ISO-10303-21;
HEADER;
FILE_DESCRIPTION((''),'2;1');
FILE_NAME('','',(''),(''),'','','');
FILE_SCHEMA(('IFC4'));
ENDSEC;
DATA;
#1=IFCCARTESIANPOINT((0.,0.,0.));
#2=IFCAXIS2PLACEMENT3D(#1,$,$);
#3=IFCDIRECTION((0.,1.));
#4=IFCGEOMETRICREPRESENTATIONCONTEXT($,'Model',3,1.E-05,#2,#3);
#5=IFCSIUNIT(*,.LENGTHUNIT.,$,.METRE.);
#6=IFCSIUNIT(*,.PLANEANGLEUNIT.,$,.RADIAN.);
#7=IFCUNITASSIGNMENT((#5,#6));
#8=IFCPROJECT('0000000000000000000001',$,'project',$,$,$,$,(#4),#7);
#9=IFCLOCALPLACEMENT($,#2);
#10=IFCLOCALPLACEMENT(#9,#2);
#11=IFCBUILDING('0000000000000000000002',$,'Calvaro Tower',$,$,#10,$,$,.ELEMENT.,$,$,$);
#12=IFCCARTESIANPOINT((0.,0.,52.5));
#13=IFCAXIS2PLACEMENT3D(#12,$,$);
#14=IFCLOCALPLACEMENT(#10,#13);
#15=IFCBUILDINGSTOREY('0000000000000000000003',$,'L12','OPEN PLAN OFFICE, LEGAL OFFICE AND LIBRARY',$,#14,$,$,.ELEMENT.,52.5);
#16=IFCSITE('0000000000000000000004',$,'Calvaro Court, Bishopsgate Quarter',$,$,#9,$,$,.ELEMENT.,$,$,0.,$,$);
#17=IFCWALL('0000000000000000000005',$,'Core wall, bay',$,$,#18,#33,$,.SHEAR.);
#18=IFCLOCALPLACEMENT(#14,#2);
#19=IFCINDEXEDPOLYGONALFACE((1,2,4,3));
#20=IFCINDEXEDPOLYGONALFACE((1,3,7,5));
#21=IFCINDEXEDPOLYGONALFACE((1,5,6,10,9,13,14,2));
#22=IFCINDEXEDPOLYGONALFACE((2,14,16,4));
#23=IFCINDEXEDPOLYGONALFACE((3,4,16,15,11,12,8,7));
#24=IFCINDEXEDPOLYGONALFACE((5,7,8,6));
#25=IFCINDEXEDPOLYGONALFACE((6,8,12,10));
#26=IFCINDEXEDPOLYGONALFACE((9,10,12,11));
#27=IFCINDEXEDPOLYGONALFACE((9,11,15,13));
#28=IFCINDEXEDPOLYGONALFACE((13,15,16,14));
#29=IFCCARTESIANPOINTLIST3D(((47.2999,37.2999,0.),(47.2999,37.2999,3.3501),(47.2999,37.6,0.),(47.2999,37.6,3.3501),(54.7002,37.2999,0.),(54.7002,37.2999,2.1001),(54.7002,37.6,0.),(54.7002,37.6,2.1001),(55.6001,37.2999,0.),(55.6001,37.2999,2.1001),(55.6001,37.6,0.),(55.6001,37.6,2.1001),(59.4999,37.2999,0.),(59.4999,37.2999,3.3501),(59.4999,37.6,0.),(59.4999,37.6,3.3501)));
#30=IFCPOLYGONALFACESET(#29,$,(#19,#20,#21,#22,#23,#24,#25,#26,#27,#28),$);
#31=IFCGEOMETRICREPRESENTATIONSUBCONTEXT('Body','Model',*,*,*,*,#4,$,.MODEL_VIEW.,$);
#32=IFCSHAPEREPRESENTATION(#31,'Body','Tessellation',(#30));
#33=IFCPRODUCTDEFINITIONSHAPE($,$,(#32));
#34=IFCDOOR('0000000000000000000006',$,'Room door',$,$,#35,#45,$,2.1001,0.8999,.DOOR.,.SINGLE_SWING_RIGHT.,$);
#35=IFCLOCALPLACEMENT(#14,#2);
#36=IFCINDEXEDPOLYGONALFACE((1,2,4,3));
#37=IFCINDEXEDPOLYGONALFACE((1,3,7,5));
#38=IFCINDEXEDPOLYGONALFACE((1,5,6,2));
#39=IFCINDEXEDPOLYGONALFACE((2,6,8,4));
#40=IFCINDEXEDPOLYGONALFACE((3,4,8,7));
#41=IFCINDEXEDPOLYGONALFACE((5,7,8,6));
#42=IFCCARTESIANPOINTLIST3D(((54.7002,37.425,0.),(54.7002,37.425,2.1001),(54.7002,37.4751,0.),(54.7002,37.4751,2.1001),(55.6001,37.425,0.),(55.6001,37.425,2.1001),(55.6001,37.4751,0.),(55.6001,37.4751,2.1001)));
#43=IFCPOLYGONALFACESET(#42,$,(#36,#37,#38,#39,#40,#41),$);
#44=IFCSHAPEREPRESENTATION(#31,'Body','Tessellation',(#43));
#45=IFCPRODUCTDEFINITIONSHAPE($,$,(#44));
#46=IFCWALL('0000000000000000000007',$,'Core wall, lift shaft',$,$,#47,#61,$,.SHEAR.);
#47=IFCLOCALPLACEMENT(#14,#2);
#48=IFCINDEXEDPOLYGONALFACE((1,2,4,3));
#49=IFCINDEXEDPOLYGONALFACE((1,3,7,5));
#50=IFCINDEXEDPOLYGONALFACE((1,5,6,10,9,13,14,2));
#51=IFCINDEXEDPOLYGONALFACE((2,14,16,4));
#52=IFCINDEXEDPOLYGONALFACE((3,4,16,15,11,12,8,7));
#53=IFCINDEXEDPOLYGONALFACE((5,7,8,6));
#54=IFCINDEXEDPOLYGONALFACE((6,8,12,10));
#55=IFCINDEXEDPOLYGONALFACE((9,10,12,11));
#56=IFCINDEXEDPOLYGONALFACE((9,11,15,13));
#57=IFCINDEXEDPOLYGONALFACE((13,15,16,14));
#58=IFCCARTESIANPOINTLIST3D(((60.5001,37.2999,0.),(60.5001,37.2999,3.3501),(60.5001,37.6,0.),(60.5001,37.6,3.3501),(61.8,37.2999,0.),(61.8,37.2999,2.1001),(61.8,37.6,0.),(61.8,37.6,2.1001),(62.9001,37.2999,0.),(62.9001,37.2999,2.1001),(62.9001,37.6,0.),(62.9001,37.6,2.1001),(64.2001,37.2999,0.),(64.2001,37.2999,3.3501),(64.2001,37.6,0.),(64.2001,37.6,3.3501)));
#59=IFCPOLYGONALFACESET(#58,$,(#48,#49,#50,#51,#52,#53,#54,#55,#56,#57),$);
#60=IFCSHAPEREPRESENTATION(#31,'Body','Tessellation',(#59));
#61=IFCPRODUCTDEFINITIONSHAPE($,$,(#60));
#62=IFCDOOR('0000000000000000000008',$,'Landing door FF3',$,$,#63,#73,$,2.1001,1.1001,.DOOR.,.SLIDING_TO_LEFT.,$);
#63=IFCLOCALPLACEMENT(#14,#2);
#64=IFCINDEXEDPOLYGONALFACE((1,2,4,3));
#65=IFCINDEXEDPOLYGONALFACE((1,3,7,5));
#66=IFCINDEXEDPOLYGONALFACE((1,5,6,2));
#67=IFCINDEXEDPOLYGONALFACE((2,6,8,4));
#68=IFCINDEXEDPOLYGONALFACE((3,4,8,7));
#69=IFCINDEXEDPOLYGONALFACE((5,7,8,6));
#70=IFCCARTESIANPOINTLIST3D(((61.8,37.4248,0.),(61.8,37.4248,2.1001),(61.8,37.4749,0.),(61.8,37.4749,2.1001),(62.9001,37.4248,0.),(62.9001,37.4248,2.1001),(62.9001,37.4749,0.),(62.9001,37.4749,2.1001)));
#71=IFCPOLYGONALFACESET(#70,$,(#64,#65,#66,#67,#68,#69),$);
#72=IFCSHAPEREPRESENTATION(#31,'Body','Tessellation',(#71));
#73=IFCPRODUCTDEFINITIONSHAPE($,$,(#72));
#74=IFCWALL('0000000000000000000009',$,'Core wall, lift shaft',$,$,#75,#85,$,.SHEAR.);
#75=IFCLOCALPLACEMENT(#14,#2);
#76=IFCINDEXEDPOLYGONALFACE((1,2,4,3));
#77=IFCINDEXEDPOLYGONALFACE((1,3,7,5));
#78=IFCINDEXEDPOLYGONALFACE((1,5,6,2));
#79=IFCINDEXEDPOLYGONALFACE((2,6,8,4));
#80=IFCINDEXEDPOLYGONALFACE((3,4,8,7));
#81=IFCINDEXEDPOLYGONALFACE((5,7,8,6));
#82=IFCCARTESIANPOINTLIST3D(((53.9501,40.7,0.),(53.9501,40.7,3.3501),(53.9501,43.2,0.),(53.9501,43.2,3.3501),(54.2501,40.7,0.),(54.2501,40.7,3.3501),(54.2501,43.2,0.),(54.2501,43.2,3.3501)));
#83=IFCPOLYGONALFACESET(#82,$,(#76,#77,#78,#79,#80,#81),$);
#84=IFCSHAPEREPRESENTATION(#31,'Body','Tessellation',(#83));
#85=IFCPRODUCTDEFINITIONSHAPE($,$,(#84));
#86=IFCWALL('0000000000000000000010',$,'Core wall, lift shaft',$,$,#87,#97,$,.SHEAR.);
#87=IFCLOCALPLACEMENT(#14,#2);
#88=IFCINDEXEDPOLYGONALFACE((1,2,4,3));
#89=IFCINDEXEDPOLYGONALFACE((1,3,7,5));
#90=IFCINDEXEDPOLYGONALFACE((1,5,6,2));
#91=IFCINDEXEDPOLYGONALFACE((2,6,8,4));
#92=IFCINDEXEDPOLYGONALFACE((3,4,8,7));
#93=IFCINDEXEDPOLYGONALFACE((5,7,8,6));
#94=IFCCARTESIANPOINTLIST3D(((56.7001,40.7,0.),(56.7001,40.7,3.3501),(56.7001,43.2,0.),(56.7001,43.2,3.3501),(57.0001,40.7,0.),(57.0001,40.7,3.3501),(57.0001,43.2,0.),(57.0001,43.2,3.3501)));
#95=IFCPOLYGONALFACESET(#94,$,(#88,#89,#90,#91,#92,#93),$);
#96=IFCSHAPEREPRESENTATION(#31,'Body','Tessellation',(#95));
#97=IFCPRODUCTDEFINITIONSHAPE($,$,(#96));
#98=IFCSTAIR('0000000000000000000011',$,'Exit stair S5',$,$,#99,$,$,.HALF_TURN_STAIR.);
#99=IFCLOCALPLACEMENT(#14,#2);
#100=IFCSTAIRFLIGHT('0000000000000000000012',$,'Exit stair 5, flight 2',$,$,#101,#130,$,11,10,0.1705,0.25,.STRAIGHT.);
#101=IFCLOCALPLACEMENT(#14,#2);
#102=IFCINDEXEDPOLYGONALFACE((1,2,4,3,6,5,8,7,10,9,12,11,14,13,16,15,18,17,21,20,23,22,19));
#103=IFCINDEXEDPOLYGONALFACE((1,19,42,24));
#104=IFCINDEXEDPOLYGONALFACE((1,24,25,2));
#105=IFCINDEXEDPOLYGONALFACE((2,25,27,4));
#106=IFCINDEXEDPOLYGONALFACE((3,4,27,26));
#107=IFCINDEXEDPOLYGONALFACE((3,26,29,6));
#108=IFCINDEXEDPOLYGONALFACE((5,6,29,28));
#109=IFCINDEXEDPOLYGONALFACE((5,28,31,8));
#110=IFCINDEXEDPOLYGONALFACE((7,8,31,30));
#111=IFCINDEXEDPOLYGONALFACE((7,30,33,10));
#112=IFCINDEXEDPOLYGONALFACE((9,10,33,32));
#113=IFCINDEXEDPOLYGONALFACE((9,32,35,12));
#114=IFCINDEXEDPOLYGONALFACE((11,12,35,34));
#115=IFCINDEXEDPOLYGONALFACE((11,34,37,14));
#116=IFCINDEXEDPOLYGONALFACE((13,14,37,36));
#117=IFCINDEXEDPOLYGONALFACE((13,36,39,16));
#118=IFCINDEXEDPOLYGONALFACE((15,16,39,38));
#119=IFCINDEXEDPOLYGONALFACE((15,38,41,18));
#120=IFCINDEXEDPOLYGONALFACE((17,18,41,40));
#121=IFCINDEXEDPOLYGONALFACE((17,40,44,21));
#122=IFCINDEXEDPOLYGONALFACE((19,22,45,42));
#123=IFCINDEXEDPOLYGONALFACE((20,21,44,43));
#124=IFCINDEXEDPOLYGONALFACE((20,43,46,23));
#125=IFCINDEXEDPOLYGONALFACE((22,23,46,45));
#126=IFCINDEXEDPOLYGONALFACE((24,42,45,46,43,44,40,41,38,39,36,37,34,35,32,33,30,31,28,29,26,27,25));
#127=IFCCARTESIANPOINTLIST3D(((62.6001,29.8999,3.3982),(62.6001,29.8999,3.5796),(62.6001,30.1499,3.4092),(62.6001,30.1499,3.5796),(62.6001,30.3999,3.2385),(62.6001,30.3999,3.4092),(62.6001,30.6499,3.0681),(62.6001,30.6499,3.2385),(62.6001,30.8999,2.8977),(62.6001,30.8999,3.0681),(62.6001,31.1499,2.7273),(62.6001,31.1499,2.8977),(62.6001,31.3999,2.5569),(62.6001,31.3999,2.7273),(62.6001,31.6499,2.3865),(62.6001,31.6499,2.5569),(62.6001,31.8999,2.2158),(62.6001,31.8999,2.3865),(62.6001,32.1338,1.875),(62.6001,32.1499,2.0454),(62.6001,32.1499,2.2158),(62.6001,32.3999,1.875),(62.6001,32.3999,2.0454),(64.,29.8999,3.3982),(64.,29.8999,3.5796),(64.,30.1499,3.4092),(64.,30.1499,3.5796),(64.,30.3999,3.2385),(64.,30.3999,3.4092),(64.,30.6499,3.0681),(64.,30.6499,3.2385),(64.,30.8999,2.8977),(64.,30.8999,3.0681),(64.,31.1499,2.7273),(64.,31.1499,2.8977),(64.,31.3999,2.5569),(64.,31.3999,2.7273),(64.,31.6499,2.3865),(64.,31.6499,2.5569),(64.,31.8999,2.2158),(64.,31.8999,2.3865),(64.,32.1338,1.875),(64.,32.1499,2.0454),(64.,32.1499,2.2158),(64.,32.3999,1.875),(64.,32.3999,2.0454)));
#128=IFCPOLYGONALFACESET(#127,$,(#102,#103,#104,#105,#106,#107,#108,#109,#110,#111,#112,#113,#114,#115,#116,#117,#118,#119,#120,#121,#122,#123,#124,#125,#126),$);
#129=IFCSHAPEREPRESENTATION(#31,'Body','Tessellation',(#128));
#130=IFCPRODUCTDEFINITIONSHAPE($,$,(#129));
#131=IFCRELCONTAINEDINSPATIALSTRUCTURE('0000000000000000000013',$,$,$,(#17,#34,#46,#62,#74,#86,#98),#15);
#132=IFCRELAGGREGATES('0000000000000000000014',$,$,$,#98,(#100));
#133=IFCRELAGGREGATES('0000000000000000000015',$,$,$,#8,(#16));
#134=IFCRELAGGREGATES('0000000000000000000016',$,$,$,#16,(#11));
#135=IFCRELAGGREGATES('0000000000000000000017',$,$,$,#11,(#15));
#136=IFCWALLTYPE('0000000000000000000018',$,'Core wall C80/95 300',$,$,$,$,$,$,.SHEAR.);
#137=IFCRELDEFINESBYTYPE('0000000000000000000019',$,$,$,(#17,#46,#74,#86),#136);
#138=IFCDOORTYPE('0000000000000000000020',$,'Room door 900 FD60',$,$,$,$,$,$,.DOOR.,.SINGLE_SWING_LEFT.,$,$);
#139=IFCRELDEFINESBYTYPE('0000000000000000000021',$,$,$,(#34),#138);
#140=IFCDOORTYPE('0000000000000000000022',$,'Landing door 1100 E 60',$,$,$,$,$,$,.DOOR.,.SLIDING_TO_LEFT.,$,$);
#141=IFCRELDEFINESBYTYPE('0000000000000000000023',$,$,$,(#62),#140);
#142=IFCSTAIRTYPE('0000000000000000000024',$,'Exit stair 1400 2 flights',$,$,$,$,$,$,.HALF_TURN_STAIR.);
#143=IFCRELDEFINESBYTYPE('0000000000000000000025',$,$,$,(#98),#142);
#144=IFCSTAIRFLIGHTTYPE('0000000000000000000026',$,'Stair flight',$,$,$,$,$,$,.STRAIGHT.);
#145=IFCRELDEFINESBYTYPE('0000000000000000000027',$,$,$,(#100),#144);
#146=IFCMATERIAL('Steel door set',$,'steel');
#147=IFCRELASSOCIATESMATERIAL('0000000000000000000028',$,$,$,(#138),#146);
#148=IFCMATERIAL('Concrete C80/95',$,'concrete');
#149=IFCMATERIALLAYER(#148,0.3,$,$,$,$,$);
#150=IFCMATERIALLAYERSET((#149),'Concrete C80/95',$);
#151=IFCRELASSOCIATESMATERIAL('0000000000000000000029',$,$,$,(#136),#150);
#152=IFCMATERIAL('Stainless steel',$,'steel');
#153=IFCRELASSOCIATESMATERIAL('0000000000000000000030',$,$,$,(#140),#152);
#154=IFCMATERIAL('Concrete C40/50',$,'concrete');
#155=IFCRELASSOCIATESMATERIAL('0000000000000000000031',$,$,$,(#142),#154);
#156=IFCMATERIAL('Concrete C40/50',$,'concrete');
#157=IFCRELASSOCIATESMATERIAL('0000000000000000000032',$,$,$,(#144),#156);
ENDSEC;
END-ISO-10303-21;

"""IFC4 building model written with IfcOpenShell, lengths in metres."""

from ifc_helpers import new_model, si_unit, direction, frame, frame_2d, origin, place, context, subcontext, project, spatial, polyline, rectangle, outline, extrude, material, layer, layer_set, type_object, element, fill, aggregate, save


model = new_model("IFC4")

# Units and contexts
model_context = context("Model", 3, precision=1e-05, world=origin(), true_north=direction((0.0, 1.0)))
body_context = subcontext(model_context, "Body", "Model", "MODEL_VIEW")
ifc_project = project(units=[si_unit("LENGTHUNIT", "METRE"), si_unit("PLANEANGLEUNIT", "RADIAN")], contexts=[model_context])

# Site, building, storey
site_placement = place(None, origin())
site = spatial("IfcSite", under=ifc_project, at=site_placement, Name="Calvaro Court, Bishopsgate Quarter", CompositionType="ELEMENT", RefElevation=0.0)
building_placement = place(site_placement, origin())
building = spatial("IfcBuilding", under=site, at=building_placement, Name="Calvaro Tower", CompositionType="ELEMENT")
storey_placement = place(building_placement, frame((0.0, 0.0, 52.5)))
storey = spatial("IfcBuildingStorey", under=building, at=storey_placement, Name="L12", Description="OPEN PLAN OFFICE, LEGAL OFFICE AND LIBRARY", CompositionType="ELEMENT", Elevation=52.5)

# Shared definitions
ifc_material_1 = material(Name="Steel door set", Category="steel")
door_type_1 = type_object("IfcDoorType", Name="Room door 900 FD60", OperationType="SINGLE_SWING_LEFT", PredefinedType="DOOR", material=ifc_material_1)

# Shared definitions
ifc_material_2 = material(Name="Concrete C80/95", Category="concrete")
ifc_layer_1 = layer(ifc_material_2, 0.3)
ifc_layer_set_1 = layer_set([ifc_layer_1], Name="Concrete C80/95")
wall_type_1 = type_object("IfcWallType", Name="Core wall C80/95 300", PredefinedType="SHEAR", material=ifc_layer_set_1)

# Walls, openings, doors
wall_1_placement = place(storey_placement, frame((59.5, 37.45, 0.0), z_axis=(0.0, 0.0, 1.0), x_axis=(-1.0, 0.0, 0.0)))
wall_1 = element("IfcWall", 1, at=wall_1_placement, inside=storey, type_object=wall_type_1, Name="Core wall, bay", PredefinedType="SHEAR", context=body_context, shape_type="SweptSolid", body=[
    extrude(rectangle(XDim=12.2, YDim=0.3, at=frame_2d((6.1001, 0.0))), origin(), (0.0, 0.0, 1.0), 3.3501),
])
opening_1_placement = place(wall_1_placement, frame((3.8999, 0.0, 0.0)))
opening_1 = element("IfcOpeningElement", 2, at=opening_1_placement, cuts=wall_1, PredefinedType="OPENING", context=body_context, shape_type="SweptSolid", body=[
    extrude(rectangle(XDim=0.8999, YDim=2.1001, at=frame_2d((0.45, 1.05))), frame((0.0, 0.1599, 0.0), z_axis=(0.0, -1.0, 0.0), x_axis=(1.0, 0.0, 0.0)), (0.0, 0.0, 1.0), 0.3201),
])
door_1_placement = place(opening_1_placement, origin())
door_1 = element("IfcDoor", 3, at=door_1_placement, inside=storey, type_object=door_type_1, Name="Room door", OperationType="SINGLE_SWING_RIGHT", OverallHeight=2.1001, OverallWidth=0.8999, PredefinedType="DOOR", context=body_context, shape_type="SweptSolid", body=[
    extrude(rectangle(XDim=0.8999, YDim=2.1001, at=frame_2d((0.45, 1.05))), frame((0.0, 0.0249, 0.0), z_axis=(0.0, -1.0, 0.0), x_axis=(1.0, 0.0, 0.0)), (0.0, 0.0, 1.0), 0.05),
])
fill(opening_1, door_1)
wall_2_placement = place(storey_placement, frame((60.5, 37.45, 0.0), z_axis=(0.0, 0.0, 1.0), x_axis=(1.0, 0.0, 0.0)))
wall_2 = element("IfcWall", 4, at=wall_2_placement, inside=storey, type_object=wall_type_1, Name="Core wall, lift shaft", PredefinedType="SHEAR", context=body_context, shape_type="SweptSolid", body=[
    extrude(rectangle(XDim=3.7, YDim=0.3, at=frame_2d((1.8501, 0.0))), origin(), (0.0, 0.0, 1.0), 3.3501),
])
opening_2_placement = place(wall_2_placement, frame((1.3, 0.0, 0.0)))
opening_2 = element("IfcOpeningElement", 5, at=opening_2_placement, cuts=wall_2, PredefinedType="OPENING", context=body_context, shape_type="SweptSolid", body=[
    extrude(rectangle(XDim=1.1001, YDim=2.1001, at=frame_2d((0.55, 1.05))), frame((0.0, 0.1599, 0.0), z_axis=(0.0, -1.0, 0.0), x_axis=(1.0, 0.0, 0.0)), (0.0, 0.0, 1.0), 0.3201),
])
ifc_material_3 = material(Name="Stainless steel", Category="steel")
door_type_2 = type_object("IfcDoorType", Name="Landing door 1100 E 60", OperationType="SLIDING_TO_LEFT", PredefinedType="DOOR", material=ifc_material_3)
door_2_placement = place(opening_2_placement, origin())
door_2 = element("IfcDoor", 6, at=door_2_placement, inside=storey, type_object=door_type_2, Name="Landing door FF3", OperationType="SLIDING_TO_LEFT", OverallHeight=2.1001, OverallWidth=1.1001, PredefinedType="DOOR", context=body_context, shape_type="SweptSolid", body=[
    extrude(rectangle(XDim=1.1001, YDim=2.1001, at=frame_2d((0.55, 1.05))), frame((0.0, 0.0249, 0.0), z_axis=(0.0, -1.0, 0.0), x_axis=(1.0, 0.0, 0.0)), (0.0, 0.0, 1.0), 0.05),
])
fill(opening_2, door_2)

# Walls
for number, where, z_axis, x_axis, name in (
    (7, (54.1001, 40.7, 0.0), (0.0, 0.0, 1.0), (0.0, 1.0, 0.0), "Core wall, lift shaft"),
    (8, (56.8501, 40.7, 0.0), (0.0, 0.0, 1.0), (0.0, 1.0, 0.0), "Core wall, lift shaft"),
):
    element("IfcWall", number, at=place(storey_placement, frame(where, z_axis=z_axis, x_axis=x_axis)), inside=storey, type_object=wall_type_1, Name=name, PredefinedType="SHEAR", context=body_context, shape_type="SweptSolid", body=[
        extrude(rectangle(XDim=2.5, YDim=0.3, at=frame_2d((1.25, 0.0))), origin(), (0.0, 0.0, 1.0), 3.3501),
    ])

# Stair, stair flight
ifc_material_4 = material(Name="Concrete C40/50", Category="concrete")
stair_type = type_object("IfcStairType", Name="Exit stair 1400 2 flights", PredefinedType="HALF_TURN_STAIR", material=ifc_material_4)
stair_1_placement = place(storey_placement, origin())
stair_1 = element("IfcStair", 9, at=stair_1_placement, inside=storey, type_object=stair_type, Name="Exit stair S5", PredefinedType="HALF_TURN_STAIR")
ifc_material_5 = material(Name="Concrete C40/50", Category="concrete")
stair_flight_type = type_object("IfcStairFlightType", Name="Stair flight", PredefinedType="STRAIGHT", material=ifc_material_5)
stair_flight_placement = place(storey_placement, frame((63.3, 32.3999, 1.875), z_axis=(0.0, 0.0, 1.0), x_axis=(0.0, -1.0, 0.0)))
stair_flight = element("IfcStairFlight", 10, at=stair_flight_placement, type_object=stair_flight_type, Name="Exit stair 5, flight 2", NumberOfRisers=11, NumberOfTreads=10, PredefinedType="STRAIGHT", RiserHeight=0.1705, TreadLength=0.25, context=body_context, shape_type="SweptSolid", body=[
    extrude(outline(polyline([(0.0, 0.0), (0.0, 0.1704), (0.25, 0.1704), (0.25, 0.3408), (0.5, 0.3408), (0.5, 0.5115), (0.75, 0.5115), (0.75, 0.6819), (1.0, 0.6819), (1.0, 0.8523), (1.25, 0.8523), (1.25, 1.0227), (1.5, 1.0227), (1.5, 1.1931), (1.75, 1.1931), (1.75, 1.3635), (2.0, 1.3635), (2.0, 1.5342), (2.25, 1.5342), (2.25, 1.7046), (2.5, 1.7046), (2.5, 1.875), (2.5, 1.5232), (0.2661, 0.0), (0.0, 0.0)])), frame((0.0, 0.7, 0.0), z_axis=(0.0, -1.0, 0.0), x_axis=(1.0, 0.0, 0.0)), (0.0, 0.0, 1.0), 1.3999),
])

aggregate(stair_1, [stair_flight])

save(model, "model.ifc")
